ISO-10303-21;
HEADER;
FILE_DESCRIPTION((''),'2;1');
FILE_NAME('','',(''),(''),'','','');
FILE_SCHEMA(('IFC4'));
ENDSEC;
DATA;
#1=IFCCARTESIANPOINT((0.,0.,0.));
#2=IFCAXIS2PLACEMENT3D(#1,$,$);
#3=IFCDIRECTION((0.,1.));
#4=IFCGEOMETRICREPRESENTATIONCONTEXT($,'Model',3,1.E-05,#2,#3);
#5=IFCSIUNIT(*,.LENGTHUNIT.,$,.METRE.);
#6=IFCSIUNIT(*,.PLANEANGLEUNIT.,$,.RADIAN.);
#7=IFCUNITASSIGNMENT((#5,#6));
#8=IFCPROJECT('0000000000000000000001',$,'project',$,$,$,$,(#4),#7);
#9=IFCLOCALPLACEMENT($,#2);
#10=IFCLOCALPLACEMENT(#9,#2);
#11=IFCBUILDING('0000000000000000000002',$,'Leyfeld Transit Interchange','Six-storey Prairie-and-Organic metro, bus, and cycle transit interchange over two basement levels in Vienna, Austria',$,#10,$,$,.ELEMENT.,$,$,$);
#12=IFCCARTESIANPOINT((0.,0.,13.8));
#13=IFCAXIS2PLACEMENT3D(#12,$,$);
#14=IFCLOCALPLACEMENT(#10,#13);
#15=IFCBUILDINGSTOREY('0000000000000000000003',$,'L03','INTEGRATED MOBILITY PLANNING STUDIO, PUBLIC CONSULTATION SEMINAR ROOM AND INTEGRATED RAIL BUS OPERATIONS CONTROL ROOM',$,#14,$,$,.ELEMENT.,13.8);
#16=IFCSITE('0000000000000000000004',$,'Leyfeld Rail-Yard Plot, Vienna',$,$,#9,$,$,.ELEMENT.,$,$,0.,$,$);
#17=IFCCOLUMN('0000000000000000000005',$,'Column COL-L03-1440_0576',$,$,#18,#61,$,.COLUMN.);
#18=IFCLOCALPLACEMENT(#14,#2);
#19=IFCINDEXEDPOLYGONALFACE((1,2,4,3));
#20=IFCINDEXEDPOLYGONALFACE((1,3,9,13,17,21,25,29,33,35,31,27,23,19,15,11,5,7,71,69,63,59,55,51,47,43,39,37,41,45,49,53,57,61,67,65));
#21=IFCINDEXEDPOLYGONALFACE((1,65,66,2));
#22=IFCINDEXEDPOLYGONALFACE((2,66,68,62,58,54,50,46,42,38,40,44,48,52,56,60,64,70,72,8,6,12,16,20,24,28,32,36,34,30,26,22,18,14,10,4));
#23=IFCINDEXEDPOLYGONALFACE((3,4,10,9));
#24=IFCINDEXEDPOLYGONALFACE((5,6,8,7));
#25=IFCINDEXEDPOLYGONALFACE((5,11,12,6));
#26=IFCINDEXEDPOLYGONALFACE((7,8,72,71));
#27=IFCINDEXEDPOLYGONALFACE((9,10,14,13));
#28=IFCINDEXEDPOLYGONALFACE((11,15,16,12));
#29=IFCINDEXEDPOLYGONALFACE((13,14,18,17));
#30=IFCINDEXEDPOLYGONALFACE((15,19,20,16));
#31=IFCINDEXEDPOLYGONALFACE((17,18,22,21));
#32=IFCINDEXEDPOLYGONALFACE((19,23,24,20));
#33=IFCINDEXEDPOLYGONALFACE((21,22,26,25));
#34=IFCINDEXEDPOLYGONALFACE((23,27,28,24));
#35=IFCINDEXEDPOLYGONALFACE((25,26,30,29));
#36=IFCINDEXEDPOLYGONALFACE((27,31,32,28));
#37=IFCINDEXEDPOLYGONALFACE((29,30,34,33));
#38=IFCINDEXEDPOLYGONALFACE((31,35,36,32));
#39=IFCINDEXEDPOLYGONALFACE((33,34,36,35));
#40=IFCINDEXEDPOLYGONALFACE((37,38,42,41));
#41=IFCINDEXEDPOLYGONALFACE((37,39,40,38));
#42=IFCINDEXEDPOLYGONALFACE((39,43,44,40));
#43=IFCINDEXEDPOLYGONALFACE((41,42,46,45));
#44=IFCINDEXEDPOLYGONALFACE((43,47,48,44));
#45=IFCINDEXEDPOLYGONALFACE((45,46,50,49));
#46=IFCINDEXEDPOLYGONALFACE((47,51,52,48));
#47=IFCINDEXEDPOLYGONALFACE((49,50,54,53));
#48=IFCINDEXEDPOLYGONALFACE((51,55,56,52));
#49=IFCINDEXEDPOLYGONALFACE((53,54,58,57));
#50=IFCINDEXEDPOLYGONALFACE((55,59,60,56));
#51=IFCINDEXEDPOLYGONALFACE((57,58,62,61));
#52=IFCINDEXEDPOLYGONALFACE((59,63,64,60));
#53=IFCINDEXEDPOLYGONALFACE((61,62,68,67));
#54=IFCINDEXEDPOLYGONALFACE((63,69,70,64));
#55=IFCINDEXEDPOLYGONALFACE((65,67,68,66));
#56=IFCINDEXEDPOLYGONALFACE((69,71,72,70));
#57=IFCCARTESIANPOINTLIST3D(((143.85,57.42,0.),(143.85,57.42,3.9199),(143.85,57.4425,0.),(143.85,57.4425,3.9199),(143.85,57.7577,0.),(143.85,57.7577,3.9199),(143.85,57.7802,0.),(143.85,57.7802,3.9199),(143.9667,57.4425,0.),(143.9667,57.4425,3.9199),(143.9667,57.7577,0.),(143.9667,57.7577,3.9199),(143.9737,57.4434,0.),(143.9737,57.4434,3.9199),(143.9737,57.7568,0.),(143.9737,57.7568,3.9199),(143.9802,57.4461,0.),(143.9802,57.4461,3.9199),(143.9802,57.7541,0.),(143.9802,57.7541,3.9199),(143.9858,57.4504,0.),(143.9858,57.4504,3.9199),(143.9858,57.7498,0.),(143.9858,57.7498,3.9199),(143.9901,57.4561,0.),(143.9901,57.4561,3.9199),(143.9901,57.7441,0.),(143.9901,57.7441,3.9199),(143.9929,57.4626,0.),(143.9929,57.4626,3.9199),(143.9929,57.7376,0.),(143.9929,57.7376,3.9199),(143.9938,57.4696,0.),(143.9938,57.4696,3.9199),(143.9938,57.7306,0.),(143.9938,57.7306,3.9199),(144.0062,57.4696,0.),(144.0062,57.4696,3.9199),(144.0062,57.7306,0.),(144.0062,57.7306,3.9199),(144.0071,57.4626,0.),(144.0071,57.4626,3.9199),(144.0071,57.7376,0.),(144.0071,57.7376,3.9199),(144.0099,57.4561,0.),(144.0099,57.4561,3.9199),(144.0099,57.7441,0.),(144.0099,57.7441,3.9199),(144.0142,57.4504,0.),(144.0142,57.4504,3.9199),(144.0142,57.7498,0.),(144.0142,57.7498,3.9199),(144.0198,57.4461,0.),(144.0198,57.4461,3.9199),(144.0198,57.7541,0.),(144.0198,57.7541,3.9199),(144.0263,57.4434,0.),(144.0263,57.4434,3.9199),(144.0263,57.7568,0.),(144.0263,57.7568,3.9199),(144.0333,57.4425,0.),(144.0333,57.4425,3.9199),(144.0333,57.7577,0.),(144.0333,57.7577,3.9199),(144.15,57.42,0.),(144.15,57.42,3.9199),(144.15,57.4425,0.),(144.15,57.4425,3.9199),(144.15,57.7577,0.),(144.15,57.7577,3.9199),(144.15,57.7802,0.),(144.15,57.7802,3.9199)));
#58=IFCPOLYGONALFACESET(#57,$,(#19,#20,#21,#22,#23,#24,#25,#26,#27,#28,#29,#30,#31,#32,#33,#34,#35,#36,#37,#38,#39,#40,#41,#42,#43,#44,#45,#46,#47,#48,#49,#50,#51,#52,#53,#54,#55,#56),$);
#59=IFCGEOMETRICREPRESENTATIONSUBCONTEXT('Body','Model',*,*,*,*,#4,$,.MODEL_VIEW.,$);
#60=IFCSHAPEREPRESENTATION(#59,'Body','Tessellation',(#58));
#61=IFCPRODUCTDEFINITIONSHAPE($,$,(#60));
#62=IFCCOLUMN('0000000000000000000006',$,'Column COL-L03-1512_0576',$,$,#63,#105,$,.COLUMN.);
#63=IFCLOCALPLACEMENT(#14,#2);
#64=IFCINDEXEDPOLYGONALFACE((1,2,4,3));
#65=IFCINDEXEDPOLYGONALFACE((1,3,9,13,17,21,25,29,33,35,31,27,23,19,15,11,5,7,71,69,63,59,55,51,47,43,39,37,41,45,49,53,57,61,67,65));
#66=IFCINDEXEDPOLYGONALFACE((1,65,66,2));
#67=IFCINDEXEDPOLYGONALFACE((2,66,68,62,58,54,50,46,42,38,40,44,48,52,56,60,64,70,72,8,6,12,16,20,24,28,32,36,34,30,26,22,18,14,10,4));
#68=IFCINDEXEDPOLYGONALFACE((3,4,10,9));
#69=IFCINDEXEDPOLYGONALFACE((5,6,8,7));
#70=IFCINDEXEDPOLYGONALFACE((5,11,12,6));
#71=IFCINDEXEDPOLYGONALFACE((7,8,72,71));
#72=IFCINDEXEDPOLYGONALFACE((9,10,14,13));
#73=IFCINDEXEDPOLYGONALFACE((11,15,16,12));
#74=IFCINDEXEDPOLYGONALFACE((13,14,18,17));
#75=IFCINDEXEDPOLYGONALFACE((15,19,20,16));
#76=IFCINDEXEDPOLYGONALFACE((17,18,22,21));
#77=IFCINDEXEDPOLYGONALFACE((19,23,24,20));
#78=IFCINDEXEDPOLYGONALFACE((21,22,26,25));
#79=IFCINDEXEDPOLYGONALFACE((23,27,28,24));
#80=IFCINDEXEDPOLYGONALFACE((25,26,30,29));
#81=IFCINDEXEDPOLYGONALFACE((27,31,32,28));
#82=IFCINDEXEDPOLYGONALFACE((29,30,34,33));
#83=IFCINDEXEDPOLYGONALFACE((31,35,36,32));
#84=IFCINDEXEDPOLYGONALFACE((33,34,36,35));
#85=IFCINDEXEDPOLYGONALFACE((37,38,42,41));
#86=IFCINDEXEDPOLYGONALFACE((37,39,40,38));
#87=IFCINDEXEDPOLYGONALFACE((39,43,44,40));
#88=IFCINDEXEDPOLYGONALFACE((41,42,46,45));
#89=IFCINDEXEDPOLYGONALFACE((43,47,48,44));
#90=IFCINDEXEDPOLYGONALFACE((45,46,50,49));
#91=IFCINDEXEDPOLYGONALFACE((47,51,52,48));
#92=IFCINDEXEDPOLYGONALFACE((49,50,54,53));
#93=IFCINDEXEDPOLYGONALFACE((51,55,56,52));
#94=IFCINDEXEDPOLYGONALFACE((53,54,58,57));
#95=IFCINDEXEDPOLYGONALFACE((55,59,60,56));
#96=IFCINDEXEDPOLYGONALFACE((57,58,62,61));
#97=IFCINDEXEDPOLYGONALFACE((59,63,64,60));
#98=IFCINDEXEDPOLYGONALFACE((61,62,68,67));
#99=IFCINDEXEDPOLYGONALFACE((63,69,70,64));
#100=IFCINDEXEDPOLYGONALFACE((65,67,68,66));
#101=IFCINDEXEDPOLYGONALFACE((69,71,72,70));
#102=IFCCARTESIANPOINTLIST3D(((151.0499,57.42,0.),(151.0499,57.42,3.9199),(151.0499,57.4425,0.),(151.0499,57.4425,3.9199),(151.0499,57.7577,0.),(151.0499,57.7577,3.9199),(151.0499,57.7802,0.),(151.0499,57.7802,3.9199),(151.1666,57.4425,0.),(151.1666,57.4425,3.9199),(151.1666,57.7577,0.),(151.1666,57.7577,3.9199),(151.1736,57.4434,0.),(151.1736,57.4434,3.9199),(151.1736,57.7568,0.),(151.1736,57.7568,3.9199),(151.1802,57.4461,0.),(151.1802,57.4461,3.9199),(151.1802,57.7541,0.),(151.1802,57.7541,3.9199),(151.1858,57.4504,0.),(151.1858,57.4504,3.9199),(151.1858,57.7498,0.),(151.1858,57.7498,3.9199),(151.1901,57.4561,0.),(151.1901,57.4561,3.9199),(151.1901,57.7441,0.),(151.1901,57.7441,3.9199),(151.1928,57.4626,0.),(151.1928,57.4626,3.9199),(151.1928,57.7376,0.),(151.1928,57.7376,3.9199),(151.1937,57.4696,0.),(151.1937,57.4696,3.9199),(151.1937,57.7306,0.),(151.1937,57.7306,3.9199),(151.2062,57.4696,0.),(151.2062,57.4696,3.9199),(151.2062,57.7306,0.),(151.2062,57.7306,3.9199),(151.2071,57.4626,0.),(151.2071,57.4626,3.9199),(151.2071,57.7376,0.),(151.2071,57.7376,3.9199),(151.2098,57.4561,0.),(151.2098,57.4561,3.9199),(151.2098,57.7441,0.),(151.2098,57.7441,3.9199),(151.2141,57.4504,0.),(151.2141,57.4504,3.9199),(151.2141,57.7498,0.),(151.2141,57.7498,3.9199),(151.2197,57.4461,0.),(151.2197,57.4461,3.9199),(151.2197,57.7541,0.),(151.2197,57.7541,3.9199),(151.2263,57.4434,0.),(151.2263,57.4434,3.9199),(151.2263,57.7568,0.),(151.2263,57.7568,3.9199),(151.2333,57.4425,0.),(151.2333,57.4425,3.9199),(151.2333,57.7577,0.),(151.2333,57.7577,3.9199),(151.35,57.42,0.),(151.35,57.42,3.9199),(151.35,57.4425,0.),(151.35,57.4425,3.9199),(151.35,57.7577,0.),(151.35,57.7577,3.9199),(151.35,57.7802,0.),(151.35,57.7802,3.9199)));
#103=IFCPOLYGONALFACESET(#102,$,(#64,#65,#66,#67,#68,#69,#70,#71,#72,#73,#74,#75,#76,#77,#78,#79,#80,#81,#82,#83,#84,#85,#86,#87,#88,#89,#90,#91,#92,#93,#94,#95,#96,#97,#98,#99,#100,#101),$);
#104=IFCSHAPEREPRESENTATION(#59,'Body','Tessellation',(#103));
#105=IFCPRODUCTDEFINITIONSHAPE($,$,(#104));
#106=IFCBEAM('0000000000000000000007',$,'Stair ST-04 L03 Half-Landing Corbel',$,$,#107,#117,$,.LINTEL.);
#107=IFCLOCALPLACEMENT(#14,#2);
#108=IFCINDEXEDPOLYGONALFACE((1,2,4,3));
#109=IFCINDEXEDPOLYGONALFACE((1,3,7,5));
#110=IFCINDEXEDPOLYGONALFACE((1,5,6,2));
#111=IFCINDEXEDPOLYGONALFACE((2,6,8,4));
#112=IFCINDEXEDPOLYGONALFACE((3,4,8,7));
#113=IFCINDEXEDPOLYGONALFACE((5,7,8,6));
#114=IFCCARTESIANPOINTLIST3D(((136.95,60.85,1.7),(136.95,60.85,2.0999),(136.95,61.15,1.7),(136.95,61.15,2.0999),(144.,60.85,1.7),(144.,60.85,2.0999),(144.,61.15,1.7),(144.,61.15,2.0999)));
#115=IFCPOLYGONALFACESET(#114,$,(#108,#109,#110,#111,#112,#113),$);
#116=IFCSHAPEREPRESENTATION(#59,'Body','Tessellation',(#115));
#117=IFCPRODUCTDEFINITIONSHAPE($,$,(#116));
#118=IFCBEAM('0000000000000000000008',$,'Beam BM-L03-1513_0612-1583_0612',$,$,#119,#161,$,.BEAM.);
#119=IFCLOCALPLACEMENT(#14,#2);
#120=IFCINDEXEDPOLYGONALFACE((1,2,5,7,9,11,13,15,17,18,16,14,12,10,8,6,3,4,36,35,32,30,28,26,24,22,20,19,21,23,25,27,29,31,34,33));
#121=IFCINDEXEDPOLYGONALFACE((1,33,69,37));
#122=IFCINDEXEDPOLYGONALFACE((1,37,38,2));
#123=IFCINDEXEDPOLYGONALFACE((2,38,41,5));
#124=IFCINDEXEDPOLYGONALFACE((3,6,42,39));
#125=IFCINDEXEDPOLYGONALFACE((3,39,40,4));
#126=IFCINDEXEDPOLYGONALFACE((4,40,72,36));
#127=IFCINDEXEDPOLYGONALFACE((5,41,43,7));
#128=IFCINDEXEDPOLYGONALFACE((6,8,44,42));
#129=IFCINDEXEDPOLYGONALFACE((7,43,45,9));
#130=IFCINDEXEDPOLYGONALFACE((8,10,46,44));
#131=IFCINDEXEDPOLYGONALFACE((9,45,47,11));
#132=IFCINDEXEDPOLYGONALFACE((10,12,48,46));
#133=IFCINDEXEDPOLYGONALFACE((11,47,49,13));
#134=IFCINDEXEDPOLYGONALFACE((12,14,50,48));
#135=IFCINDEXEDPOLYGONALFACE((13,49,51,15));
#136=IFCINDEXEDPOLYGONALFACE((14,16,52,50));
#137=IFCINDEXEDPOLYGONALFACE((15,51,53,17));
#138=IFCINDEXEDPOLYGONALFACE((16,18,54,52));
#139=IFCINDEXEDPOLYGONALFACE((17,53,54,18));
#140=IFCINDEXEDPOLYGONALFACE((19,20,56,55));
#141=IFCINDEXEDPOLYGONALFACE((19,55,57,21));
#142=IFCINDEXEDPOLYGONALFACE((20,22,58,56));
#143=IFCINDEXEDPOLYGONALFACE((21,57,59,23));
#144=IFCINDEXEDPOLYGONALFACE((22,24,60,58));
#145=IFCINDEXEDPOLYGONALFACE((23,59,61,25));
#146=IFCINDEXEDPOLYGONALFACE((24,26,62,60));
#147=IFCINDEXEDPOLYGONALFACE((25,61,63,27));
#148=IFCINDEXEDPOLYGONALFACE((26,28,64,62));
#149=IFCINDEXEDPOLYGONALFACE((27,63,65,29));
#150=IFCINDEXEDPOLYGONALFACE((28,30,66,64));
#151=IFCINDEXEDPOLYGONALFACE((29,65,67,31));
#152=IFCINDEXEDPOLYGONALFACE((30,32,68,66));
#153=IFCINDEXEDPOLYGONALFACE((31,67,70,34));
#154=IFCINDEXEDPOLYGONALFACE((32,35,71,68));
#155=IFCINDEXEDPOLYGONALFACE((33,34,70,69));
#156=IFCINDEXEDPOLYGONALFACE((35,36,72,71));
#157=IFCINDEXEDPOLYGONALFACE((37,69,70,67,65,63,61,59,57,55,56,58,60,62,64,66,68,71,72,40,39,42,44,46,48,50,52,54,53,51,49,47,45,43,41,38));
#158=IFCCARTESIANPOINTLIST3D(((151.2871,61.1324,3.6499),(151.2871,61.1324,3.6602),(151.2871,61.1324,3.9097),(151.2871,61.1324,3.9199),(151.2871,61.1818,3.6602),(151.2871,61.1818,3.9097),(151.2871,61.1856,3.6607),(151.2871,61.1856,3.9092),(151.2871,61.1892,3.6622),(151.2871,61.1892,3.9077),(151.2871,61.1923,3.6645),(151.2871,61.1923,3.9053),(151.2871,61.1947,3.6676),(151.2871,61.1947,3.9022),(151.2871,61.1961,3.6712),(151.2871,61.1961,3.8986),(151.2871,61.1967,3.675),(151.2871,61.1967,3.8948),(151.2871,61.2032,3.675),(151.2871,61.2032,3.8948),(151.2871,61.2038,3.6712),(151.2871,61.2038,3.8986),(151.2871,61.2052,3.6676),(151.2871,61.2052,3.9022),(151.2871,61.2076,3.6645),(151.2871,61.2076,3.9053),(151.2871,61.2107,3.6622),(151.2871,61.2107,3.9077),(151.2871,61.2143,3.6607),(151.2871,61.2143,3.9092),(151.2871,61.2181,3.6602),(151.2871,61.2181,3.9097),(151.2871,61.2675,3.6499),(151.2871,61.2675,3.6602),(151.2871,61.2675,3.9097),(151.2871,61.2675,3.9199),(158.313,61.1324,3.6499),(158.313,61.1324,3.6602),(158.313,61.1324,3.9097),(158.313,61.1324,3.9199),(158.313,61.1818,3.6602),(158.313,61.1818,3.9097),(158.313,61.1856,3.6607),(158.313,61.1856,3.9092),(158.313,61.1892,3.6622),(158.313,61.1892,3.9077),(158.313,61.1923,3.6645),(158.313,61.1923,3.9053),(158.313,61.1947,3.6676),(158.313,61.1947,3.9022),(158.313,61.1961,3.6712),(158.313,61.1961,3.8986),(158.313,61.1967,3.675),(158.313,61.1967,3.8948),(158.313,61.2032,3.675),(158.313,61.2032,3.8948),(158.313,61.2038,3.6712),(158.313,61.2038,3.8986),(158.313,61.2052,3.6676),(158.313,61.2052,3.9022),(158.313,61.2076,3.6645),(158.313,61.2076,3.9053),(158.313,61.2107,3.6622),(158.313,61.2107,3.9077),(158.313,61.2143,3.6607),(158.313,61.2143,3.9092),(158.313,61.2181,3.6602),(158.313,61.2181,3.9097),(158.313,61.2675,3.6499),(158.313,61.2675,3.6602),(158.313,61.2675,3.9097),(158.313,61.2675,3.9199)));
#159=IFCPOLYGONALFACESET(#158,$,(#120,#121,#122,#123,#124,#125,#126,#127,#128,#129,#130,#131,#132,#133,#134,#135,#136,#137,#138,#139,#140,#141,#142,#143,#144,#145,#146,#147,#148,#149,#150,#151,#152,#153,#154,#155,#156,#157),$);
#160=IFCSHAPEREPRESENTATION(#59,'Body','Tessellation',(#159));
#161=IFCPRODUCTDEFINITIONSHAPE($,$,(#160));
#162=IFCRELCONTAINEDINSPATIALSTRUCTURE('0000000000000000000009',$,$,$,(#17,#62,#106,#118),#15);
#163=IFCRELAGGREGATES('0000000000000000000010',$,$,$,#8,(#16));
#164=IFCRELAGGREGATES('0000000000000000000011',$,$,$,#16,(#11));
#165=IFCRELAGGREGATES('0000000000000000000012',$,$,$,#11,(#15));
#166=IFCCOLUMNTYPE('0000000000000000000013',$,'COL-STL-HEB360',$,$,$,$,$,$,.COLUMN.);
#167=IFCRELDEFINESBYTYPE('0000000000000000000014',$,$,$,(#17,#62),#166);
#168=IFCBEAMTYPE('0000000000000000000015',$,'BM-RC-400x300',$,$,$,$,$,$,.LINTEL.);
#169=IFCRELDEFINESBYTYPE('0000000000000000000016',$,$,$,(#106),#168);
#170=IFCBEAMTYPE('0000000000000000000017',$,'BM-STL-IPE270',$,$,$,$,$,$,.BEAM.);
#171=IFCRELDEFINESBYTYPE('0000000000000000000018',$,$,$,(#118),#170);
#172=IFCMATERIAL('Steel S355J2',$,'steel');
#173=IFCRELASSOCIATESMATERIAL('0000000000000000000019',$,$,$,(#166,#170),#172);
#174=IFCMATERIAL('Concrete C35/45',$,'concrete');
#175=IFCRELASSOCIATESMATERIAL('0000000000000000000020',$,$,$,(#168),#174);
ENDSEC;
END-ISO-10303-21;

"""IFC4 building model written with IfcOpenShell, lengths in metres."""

from ifc_helpers import new_model, si_unit, direction, frame, origin, origin_2d, place, context, subcontext, project, spatial, rectangle, i_section, extrude, material, material_profile, profile_set, type_object, element, save


model = new_model("IFC4")

# Units and contexts
model_context = context("Model", 3, precision=1e-05, world=origin(), true_north=direction((0.0, 1.0)))
body_context = subcontext(model_context, "Body", "Model", "MODEL_VIEW")
ifc_project = project(units=[si_unit("LENGTHUNIT", "METRE"), si_unit("PLANEANGLEUNIT", "RADIAN")], contexts=[model_context])

# Site, building, storey
site_placement = place(None, origin())
site = spatial("IfcSite", under=ifc_project, at=site_placement, Name="Leyfeld Rail-Yard Plot, Vienna", CompositionType="ELEMENT", RefElevation=0.0)
building_placement = place(site_placement, origin())
building = spatial("IfcBuilding", under=site, at=building_placement, Name="Leyfeld Transit Interchange", Description="Six-storey Prairie-and-Organic metro, bus, and cycle transit interchange over two basement levels in Vienna, Austria", CompositionType="ELEMENT")
storey_placement = place(building_placement, frame((0.0, 0.0, 13.8)))
storey = spatial("IfcBuildingStorey", under=building, at=storey_placement, Name="L03", Description="INTEGRATED MOBILITY PLANNING STUDIO, PUBLIC CONSULTATION SEMINAR ROOM AND INTEGRATED RAIL BUS OPERATIONS CONTROL ROOM", CompositionType="ELEMENT", Elevation=13.8)

# Columns
ifc_material_1 = material(Name="Steel S355J2", Category="steel")
ifc_material_profile_1 = material_profile(ifc_material_1, i_section(OverallWidth=0.3, OverallDepth=0.3601, WebThickness=0.0125, FlangeThickness=0.0225, FilletRadius=0.0271, at=origin_2d()), Name="HEB 360")
ifc_profile_set_1 = profile_set([ifc_material_profile_1], Name="Steel S355J2")
column_type = type_object("IfcColumnType", Name="COL-STL-HEB360", PredefinedType="COLUMN", material=ifc_profile_set_1)
for number, where, z_axis, x_axis, name in (
    (1, (144.0, 57.6001, 0.0), (0.0, 0.0, 1.0), (1.0, 0.0, 0.0), "Column COL-L03-1440_0576"),
    (2, (151.2, 57.6001, 0.0), (0.0, 0.0, 1.0), (1.0, 0.0, 0.0), "Column COL-L03-1512_0576"),
):
    element("IfcColumn", number, at=place(storey_placement, frame(where, z_axis=z_axis, x_axis=x_axis)), inside=storey, type_object=column_type, Name=name, PredefinedType="COLUMN", context=body_context, shape_type="SweptSolid", body=[
        extrude(i_section(OverallWidth=0.3, OverallDepth=0.3601, WebThickness=0.0125, FlangeThickness=0.0225, FilletRadius=0.0271, at=origin_2d()), origin(), (0.0, 0.0, 1.0), 3.9199),
    ])

# Beams
ifc_material_2 = material(Name="Concrete C35/45", Category="concrete")
ifc_material_profile_2 = material_profile(ifc_material_2, rectangle(XDim=0.3, YDim=0.3999, at=origin_2d()), Name="RC 400x300")
ifc_profile_set_2 = profile_set([ifc_material_profile_2], Name="Concrete C35/45")
beam_type_1 = type_object("IfcBeamType", Name="BM-RC-400x300", PredefinedType="LINTEL", material=ifc_profile_set_2)
beam_1_placement = place(storey_placement, frame((136.95, 61.0, 1.8999), z_axis=(1.0, 0.0, 0.0), x_axis=(0.0, 1.0, 0.0)))
element("IfcBeam", 3, at=beam_1_placement, inside=storey, type_object=beam_type_1, Name="Stair ST-04 L03 Half-Landing Corbel", PredefinedType="LINTEL", context=body_context, shape_type="SweptSolid", body=[
    extrude(rectangle(XDim=0.3, YDim=0.3999, at=origin_2d()), origin(), (0.0, 0.0, 1.0), 7.05),
])
ifc_material_profile_3 = material_profile(ifc_material_1, i_section(OverallWidth=0.135, OverallDepth=0.27, WebThickness=0.0066, FlangeThickness=0.0103, FilletRadius=0.0149, at=origin_2d()), Name="IPE 270")
ifc_profile_set_3 = profile_set([ifc_material_profile_3], Name="Steel S355J2")
beam_type_2 = type_object("IfcBeamType", Name="BM-STL-IPE270", PredefinedType="BEAM", material=ifc_profile_set_3)
beam_2_placement = place(storey_placement, frame((151.2871, 61.2, 3.7849), z_axis=(1.0, 0.0, 0.0), x_axis=(0.0, 1.0, 0.0)))
element("IfcBeam", 4, at=beam_2_placement, inside=storey, type_object=beam_type_2, Name="Beam BM-L03-1513_0612-1583_0612", PredefinedType="BEAM", context=body_context, shape_type="SweptSolid", body=[
    extrude(i_section(OverallWidth=0.135, OverallDepth=0.27, WebThickness=0.0066, FlangeThickness=0.0103, FilletRadius=0.0149, at=origin_2d()), origin(), (0.0, 0.0, 1.0), 7.0259),
])

save(model, "model.ifc")
